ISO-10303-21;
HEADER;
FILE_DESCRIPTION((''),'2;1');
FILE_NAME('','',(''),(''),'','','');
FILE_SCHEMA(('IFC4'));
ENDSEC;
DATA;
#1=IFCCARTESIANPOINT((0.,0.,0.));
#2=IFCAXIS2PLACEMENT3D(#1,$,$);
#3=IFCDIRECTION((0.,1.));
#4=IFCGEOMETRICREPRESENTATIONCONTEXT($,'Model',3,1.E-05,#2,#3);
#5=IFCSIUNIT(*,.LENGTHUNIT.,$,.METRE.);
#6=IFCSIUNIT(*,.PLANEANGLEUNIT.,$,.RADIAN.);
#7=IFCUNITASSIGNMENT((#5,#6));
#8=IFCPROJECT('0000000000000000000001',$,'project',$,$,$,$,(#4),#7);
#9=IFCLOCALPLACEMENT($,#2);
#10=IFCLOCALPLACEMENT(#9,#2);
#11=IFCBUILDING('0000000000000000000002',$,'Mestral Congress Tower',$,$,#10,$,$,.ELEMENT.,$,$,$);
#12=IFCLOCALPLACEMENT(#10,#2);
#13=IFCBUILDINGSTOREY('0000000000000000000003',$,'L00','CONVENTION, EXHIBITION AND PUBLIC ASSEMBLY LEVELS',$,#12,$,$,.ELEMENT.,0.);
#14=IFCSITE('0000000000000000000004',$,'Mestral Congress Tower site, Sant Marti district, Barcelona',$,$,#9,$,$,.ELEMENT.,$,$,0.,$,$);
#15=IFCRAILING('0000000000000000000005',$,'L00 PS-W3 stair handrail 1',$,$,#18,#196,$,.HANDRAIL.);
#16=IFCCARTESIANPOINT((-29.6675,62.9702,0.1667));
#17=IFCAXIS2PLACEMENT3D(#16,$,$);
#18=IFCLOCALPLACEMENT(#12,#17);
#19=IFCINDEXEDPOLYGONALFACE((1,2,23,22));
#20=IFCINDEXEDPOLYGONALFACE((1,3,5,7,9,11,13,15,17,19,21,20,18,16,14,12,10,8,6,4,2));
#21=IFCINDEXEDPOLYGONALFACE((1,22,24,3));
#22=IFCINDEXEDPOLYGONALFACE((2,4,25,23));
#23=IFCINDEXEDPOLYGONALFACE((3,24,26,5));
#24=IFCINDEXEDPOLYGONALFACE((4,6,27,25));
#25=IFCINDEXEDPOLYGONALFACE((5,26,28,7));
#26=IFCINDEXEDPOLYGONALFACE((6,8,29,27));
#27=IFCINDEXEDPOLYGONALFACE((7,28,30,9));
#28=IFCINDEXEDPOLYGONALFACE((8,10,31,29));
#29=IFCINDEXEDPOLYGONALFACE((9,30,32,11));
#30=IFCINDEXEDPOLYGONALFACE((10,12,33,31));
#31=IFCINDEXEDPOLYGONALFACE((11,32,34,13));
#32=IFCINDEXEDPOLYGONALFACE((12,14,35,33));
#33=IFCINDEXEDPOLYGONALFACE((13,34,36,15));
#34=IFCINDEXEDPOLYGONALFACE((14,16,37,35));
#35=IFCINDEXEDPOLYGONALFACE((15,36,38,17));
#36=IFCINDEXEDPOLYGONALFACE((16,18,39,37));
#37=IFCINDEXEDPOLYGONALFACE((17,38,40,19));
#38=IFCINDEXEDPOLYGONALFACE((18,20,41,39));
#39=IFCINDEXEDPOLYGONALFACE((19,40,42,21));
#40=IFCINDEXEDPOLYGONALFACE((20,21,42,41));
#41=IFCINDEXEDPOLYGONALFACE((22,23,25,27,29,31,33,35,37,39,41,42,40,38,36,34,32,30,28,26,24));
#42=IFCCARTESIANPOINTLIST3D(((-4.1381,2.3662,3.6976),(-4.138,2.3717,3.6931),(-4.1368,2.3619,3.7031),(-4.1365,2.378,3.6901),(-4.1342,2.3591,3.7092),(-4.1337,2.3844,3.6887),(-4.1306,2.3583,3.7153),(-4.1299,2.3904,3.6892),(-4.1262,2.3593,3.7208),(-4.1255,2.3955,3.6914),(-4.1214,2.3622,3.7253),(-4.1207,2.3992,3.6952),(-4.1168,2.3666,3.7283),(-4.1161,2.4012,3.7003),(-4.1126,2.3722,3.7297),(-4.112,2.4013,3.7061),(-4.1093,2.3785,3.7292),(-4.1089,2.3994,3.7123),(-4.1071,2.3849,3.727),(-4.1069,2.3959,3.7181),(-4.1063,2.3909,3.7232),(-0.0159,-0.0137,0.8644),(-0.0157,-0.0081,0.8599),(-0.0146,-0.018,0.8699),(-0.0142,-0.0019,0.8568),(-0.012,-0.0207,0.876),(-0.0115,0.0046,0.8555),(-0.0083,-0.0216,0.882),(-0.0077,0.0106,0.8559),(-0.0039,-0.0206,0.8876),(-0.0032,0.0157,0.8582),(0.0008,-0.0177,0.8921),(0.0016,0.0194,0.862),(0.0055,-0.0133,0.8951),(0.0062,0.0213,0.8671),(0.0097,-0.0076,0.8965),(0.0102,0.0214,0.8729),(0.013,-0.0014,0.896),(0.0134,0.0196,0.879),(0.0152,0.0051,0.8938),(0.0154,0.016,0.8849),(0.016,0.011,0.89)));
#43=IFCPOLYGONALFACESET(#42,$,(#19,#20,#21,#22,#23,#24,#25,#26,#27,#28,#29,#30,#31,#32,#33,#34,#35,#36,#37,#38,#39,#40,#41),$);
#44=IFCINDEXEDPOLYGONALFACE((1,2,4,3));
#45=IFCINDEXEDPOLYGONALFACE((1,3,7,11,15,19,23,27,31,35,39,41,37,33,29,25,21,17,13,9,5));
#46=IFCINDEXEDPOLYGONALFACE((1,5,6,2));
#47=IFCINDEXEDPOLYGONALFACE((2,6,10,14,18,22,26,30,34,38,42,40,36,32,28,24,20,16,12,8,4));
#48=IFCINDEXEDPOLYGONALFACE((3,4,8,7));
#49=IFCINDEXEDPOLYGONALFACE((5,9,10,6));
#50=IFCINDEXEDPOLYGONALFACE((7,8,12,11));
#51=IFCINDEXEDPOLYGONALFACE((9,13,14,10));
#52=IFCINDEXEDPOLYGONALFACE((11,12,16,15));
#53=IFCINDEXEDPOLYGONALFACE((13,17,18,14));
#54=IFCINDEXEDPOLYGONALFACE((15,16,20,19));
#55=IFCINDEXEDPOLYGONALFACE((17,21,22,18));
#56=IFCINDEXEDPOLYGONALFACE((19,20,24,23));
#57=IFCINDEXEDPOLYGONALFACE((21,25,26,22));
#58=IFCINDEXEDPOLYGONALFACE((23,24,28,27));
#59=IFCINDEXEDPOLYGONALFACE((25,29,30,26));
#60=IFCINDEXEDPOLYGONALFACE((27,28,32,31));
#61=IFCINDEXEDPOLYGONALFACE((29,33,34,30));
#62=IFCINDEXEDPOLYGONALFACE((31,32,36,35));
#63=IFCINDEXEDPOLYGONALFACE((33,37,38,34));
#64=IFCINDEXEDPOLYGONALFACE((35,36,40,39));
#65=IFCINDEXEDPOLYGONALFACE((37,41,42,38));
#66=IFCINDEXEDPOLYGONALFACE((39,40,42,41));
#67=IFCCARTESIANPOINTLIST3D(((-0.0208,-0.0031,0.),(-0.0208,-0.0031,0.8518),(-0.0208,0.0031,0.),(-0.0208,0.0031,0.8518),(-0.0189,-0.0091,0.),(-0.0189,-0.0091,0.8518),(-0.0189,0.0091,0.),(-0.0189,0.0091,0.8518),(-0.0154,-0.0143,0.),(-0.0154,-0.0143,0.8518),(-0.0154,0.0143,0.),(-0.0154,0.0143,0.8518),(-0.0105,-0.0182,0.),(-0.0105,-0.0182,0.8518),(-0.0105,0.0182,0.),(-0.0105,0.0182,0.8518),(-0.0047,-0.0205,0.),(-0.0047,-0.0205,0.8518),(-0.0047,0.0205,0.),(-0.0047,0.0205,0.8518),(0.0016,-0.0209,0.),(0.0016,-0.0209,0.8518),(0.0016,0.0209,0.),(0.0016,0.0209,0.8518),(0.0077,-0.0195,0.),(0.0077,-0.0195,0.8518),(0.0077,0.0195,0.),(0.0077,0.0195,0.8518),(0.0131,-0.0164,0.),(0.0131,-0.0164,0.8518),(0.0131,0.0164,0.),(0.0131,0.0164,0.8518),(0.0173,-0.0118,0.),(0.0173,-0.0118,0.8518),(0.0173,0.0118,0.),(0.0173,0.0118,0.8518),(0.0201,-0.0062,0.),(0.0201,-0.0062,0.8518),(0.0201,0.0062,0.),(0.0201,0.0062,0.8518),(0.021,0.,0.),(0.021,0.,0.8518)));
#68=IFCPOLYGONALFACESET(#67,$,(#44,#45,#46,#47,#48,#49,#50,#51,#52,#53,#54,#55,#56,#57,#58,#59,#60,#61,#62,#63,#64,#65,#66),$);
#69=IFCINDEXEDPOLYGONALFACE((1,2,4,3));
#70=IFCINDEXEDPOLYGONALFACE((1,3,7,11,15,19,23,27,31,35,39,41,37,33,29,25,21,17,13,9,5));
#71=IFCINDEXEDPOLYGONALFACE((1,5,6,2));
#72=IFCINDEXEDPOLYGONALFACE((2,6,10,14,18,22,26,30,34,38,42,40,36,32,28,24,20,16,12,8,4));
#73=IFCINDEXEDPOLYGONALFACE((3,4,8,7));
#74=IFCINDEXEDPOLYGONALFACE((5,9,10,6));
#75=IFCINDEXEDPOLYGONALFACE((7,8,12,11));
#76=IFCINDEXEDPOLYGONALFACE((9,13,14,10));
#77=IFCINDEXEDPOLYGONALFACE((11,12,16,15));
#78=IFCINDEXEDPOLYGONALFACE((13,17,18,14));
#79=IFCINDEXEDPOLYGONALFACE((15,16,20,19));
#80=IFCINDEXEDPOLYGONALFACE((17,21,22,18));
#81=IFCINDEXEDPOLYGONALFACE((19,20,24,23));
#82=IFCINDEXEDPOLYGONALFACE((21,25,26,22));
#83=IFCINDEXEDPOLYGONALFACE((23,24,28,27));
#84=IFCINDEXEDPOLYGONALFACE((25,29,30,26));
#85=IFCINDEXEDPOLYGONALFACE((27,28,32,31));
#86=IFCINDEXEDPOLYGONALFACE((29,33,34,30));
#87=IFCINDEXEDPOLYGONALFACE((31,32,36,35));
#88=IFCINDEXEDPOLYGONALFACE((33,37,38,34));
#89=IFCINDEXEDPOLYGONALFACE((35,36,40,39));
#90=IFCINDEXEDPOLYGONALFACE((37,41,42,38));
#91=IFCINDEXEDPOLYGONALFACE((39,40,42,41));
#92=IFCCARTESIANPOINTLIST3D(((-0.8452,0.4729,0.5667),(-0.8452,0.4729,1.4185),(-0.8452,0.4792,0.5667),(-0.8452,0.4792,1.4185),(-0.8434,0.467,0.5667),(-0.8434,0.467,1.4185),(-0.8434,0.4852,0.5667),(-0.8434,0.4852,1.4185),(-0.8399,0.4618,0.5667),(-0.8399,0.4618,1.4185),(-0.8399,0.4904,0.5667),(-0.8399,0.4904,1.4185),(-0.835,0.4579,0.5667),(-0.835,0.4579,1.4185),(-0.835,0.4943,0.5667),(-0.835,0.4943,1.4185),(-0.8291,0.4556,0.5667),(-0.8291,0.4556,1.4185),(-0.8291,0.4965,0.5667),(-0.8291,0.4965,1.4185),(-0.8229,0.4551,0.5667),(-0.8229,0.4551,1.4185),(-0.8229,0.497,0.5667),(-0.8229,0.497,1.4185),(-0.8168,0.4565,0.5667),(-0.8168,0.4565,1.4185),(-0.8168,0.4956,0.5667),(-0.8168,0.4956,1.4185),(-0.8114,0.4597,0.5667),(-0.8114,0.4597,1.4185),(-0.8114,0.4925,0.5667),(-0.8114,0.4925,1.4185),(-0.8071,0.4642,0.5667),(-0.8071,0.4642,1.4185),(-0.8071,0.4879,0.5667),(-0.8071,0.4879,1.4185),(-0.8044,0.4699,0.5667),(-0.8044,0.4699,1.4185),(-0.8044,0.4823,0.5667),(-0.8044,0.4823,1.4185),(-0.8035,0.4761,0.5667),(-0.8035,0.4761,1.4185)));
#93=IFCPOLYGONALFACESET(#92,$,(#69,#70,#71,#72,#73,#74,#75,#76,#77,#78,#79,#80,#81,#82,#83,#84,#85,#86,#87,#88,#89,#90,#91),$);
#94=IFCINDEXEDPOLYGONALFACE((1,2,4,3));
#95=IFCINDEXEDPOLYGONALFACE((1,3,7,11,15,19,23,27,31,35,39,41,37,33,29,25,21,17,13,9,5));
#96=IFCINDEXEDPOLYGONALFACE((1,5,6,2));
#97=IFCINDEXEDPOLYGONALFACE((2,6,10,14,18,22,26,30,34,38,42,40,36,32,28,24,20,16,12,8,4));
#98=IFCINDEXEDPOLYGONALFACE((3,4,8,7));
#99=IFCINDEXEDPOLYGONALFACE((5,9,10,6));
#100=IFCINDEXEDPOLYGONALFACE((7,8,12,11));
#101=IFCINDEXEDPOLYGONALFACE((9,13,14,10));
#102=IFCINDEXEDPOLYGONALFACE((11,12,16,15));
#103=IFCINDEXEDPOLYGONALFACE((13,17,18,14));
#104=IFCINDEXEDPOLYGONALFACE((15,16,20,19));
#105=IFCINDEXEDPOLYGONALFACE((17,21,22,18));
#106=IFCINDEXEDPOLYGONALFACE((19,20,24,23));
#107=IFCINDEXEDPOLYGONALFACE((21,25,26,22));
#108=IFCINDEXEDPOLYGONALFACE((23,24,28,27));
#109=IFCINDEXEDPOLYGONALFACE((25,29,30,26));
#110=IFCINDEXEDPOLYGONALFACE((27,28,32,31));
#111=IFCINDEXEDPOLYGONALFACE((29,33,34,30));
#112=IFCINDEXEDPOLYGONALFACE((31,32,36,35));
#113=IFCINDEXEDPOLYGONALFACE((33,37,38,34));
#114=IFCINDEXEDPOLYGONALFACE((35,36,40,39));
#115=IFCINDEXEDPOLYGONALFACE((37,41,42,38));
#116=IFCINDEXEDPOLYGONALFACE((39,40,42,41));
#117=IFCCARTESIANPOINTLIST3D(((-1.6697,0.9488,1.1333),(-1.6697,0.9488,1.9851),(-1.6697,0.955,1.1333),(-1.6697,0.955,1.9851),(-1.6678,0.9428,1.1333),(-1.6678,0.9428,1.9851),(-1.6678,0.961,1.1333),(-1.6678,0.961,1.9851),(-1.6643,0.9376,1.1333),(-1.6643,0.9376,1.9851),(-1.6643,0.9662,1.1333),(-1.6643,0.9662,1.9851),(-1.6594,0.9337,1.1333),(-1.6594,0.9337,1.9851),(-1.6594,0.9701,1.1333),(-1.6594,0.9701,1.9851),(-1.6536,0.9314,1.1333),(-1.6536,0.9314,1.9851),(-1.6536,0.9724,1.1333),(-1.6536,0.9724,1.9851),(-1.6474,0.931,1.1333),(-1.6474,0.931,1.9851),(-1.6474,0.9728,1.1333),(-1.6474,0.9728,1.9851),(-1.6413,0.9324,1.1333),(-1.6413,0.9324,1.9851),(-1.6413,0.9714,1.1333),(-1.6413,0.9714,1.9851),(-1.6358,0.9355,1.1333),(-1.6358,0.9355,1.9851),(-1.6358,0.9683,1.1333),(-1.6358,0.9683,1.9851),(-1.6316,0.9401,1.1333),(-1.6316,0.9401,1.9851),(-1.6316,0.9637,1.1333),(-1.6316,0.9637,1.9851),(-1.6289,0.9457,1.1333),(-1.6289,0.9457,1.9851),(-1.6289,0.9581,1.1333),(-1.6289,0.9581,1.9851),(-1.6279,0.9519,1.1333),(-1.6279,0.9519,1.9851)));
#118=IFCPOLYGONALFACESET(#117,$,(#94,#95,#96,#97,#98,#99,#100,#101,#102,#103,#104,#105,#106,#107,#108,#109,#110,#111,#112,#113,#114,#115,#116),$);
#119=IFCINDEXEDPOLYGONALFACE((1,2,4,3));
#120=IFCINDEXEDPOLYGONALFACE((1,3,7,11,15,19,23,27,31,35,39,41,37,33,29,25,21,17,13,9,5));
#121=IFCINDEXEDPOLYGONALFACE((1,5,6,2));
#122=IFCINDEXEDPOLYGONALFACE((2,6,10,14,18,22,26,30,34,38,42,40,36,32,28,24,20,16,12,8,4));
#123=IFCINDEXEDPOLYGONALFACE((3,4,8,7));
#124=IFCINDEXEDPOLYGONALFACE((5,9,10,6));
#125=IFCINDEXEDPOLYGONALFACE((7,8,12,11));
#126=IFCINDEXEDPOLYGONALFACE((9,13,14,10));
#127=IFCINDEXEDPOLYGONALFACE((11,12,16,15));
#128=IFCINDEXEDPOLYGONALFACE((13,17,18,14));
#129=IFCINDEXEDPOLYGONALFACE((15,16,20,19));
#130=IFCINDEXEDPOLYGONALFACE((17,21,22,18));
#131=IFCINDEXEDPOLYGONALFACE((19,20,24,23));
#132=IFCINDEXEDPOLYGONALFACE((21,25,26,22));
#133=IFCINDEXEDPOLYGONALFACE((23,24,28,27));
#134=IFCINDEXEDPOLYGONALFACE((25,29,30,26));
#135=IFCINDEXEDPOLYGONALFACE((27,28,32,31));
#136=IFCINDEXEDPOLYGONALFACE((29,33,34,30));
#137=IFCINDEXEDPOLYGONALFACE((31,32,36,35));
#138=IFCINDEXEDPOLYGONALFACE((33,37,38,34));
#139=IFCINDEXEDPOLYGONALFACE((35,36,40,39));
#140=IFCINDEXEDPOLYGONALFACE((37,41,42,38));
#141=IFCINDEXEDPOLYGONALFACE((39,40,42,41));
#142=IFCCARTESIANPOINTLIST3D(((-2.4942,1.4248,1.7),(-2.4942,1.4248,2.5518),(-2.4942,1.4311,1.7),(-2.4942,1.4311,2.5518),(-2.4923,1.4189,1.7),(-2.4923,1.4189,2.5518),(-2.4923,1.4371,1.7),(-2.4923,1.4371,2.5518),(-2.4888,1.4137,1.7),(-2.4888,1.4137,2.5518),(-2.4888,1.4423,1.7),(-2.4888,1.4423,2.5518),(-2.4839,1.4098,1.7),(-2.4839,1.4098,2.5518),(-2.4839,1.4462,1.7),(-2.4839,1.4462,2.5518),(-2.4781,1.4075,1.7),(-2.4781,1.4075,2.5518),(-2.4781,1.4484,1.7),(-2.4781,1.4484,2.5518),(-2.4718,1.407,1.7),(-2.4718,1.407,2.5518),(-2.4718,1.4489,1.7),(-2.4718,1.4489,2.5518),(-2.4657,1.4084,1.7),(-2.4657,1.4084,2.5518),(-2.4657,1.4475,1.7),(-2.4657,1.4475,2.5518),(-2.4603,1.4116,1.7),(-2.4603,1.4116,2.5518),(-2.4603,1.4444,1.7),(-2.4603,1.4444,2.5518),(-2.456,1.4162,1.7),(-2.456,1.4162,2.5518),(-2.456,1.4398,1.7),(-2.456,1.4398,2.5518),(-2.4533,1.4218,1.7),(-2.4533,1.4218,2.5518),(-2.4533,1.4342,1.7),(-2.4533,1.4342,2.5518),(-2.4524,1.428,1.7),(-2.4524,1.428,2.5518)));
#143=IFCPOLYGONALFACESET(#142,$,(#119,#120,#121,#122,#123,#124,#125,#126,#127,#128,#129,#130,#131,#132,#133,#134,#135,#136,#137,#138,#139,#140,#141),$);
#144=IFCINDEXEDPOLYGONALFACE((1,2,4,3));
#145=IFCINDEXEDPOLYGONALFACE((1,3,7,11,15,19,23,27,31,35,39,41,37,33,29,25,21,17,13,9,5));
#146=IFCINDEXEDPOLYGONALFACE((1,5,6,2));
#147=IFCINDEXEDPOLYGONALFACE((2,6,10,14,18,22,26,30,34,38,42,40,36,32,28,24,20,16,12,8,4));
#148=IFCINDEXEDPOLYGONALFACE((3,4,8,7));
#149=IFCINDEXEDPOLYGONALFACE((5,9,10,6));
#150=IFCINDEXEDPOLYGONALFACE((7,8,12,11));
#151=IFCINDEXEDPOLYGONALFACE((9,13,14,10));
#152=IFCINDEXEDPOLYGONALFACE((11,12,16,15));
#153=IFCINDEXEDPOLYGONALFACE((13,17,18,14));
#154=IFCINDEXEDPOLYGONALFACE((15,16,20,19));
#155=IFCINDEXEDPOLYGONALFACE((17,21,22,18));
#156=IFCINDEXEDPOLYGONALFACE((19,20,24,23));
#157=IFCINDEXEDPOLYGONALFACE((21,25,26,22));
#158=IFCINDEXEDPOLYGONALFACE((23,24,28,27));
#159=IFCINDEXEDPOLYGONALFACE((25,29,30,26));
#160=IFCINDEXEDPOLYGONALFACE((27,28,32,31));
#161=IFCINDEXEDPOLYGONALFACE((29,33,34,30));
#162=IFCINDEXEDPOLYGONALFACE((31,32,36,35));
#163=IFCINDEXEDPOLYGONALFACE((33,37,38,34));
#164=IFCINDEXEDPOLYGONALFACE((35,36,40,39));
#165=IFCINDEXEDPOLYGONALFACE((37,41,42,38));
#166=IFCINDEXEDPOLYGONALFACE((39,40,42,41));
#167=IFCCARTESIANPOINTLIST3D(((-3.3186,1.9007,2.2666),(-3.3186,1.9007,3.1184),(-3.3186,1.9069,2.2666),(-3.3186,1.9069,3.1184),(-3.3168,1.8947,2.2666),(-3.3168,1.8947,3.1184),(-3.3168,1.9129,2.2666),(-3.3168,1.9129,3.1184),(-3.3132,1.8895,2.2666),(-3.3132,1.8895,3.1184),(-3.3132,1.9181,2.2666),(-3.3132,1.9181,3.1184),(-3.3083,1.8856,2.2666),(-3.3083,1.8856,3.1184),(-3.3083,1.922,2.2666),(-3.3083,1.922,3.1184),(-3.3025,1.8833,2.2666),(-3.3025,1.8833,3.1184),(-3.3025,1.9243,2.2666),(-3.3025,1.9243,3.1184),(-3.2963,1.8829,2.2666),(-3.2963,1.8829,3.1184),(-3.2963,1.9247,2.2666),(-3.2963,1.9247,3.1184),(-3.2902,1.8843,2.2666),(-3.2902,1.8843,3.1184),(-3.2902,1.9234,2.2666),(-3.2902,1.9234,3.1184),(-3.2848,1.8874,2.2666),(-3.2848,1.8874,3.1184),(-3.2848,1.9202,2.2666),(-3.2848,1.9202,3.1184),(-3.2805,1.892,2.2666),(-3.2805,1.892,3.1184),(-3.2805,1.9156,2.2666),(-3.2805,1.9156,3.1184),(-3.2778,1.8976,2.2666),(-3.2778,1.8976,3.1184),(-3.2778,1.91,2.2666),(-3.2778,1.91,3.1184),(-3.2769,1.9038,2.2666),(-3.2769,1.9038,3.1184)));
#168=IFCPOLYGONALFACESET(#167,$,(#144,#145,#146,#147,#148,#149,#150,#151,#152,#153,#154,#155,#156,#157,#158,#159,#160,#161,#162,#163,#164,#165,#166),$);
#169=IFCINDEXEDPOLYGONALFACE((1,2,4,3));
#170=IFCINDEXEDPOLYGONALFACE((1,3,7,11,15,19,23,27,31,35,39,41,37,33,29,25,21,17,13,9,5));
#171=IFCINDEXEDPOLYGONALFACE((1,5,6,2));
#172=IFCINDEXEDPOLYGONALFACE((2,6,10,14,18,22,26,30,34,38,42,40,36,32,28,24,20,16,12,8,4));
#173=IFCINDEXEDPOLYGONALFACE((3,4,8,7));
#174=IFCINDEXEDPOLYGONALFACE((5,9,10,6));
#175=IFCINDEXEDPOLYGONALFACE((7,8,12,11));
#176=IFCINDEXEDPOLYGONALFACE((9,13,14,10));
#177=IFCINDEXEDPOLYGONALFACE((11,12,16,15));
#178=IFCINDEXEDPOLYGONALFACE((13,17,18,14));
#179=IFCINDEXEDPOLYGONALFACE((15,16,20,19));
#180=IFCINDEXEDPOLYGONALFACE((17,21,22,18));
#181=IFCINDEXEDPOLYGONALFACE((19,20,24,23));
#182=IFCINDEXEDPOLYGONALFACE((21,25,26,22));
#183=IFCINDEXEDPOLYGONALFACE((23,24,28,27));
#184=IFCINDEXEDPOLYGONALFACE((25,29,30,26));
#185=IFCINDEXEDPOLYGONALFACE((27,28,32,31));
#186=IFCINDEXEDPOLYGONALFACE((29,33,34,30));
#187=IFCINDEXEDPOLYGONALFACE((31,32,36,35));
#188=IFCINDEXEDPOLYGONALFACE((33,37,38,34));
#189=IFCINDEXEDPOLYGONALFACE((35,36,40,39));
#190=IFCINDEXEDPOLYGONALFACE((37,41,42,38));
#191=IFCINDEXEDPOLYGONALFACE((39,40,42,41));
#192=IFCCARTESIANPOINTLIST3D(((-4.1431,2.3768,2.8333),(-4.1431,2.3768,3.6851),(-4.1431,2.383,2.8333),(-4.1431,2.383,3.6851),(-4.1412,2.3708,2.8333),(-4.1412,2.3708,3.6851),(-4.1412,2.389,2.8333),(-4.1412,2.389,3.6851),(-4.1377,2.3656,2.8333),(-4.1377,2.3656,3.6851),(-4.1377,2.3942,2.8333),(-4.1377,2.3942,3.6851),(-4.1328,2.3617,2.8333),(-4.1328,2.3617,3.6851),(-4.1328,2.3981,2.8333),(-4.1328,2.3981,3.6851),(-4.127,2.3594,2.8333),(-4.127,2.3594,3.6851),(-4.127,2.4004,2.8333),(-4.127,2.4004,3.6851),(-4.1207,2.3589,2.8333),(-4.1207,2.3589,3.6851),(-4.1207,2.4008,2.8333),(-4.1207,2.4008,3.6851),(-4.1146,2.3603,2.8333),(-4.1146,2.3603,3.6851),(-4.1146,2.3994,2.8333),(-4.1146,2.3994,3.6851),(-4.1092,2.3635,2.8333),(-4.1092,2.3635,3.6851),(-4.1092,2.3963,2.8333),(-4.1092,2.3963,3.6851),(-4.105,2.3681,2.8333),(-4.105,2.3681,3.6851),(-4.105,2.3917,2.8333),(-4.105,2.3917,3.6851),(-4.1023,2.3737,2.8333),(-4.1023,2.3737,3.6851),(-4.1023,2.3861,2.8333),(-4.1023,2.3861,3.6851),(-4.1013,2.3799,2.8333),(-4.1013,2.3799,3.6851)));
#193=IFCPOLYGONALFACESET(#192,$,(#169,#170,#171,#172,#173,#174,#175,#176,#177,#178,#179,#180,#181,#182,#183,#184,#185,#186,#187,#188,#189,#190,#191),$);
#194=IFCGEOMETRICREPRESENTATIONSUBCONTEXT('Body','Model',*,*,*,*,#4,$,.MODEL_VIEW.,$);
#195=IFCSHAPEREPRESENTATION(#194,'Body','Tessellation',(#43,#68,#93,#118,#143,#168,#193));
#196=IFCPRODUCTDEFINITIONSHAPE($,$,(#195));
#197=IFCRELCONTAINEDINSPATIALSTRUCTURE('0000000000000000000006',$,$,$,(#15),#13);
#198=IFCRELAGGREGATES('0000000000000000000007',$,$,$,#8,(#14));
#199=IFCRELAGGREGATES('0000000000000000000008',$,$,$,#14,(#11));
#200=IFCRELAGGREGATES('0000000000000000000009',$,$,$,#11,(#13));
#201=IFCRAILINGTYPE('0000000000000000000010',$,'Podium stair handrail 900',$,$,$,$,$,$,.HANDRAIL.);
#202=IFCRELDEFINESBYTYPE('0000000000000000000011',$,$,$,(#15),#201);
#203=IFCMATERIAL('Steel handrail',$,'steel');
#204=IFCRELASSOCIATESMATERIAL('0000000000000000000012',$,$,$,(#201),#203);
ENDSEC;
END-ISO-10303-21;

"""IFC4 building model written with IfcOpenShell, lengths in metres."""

from ifc_helpers import new_model, si_unit, direction, frame, origin, origin_2d, place, context, subcontext, project, spatial, circle, extrude, material, type_object, element, save


model = new_model("IFC4")

# Units and contexts
model_context = context("Model", 3, precision=1e-05, world=origin(), true_north=direction((0.0, 1.0)))
body_context = subcontext(model_context, "Body", "Model", "MODEL_VIEW")
ifc_project = project(units=[si_unit("LENGTHUNIT", "METRE"), si_unit("PLANEANGLEUNIT", "RADIAN")], contexts=[model_context])

# Site, building, storey
site_placement = place(None, origin())
site = spatial("IfcSite", under=ifc_project, at=site_placement, Name="Mestral Congress Tower site, Sant Marti district, Barcelona", CompositionType="ELEMENT", RefElevation=0.0)
building_placement = place(site_placement, origin())
building = spatial("IfcBuilding", under=site, at=building_placement, Name="Mestral Congress Tower", CompositionType="ELEMENT")
storey_placement = place(building_placement, origin())
storey = spatial("IfcBuildingStorey", under=building, at=storey_placement, Name="L00", Description="CONVENTION, EXHIBITION AND PUBLIC ASSEMBLY LEVELS", CompositionType="ELEMENT", Elevation=0.0)

# Railing
ifc_material_1 = material(Name="Steel handrail", Category="steel")
railing_type_1 = type_object("IfcRailingType", Name="Podium stair handrail 900", PredefinedType="HANDRAIL", material=ifc_material_1)
railing_1_placement = place(storey_placement, frame((-29.6675, 62.9702, 0.1667)))
element("IfcRailing", 1, at=railing_1_placement, inside=storey, type_object=railing_type_1, Name="L00 PS-W3 stair handrail 1", PredefinedType="HANDRAIL", context=body_context, shape_type="SweptSolid", body=[
    extrude(circle(Radius=0.0239, at=origin_2d()), frame((0.0, 0.0, 0.876), z_axis=(-0.744185, 0.42963, 0.511475), x_axis=(-0.499978, -0.866038, 0.0)), (0.0, 0.0, 1.0), 5.5393),
    extrude(circle(Radius=0.021, at=origin_2d()), origin(), (0.0, 0.0, 1.0), 0.8518),
    extrude(circle(Radius=0.021, at=origin_2d()), frame((-0.8245, 0.4761, 0.5667)), (0.0, 0.0, 1.0), 0.8518),
    extrude(circle(Radius=0.021, at=origin_2d()), frame((-1.6489, 0.9519, 1.1333)), (0.0, 0.0, 1.0), 0.8518),
    extrude(circle(Radius=0.021, at=origin_2d()), frame((-2.4734, 1.428, 1.7)), (0.0, 0.0, 1.0), 0.8518),
    extrude(circle(Radius=0.021, at=origin_2d()), frame((-3.2979, 1.9038, 2.2666)), (0.0, 0.0, 1.0), 0.8518),
    extrude(circle(Radius=0.021, at=origin_2d()), frame((-4.1223, 2.3799, 2.8333)), (0.0, 0.0, 1.0), 0.8518),
])

save(model, "model.ifc")
